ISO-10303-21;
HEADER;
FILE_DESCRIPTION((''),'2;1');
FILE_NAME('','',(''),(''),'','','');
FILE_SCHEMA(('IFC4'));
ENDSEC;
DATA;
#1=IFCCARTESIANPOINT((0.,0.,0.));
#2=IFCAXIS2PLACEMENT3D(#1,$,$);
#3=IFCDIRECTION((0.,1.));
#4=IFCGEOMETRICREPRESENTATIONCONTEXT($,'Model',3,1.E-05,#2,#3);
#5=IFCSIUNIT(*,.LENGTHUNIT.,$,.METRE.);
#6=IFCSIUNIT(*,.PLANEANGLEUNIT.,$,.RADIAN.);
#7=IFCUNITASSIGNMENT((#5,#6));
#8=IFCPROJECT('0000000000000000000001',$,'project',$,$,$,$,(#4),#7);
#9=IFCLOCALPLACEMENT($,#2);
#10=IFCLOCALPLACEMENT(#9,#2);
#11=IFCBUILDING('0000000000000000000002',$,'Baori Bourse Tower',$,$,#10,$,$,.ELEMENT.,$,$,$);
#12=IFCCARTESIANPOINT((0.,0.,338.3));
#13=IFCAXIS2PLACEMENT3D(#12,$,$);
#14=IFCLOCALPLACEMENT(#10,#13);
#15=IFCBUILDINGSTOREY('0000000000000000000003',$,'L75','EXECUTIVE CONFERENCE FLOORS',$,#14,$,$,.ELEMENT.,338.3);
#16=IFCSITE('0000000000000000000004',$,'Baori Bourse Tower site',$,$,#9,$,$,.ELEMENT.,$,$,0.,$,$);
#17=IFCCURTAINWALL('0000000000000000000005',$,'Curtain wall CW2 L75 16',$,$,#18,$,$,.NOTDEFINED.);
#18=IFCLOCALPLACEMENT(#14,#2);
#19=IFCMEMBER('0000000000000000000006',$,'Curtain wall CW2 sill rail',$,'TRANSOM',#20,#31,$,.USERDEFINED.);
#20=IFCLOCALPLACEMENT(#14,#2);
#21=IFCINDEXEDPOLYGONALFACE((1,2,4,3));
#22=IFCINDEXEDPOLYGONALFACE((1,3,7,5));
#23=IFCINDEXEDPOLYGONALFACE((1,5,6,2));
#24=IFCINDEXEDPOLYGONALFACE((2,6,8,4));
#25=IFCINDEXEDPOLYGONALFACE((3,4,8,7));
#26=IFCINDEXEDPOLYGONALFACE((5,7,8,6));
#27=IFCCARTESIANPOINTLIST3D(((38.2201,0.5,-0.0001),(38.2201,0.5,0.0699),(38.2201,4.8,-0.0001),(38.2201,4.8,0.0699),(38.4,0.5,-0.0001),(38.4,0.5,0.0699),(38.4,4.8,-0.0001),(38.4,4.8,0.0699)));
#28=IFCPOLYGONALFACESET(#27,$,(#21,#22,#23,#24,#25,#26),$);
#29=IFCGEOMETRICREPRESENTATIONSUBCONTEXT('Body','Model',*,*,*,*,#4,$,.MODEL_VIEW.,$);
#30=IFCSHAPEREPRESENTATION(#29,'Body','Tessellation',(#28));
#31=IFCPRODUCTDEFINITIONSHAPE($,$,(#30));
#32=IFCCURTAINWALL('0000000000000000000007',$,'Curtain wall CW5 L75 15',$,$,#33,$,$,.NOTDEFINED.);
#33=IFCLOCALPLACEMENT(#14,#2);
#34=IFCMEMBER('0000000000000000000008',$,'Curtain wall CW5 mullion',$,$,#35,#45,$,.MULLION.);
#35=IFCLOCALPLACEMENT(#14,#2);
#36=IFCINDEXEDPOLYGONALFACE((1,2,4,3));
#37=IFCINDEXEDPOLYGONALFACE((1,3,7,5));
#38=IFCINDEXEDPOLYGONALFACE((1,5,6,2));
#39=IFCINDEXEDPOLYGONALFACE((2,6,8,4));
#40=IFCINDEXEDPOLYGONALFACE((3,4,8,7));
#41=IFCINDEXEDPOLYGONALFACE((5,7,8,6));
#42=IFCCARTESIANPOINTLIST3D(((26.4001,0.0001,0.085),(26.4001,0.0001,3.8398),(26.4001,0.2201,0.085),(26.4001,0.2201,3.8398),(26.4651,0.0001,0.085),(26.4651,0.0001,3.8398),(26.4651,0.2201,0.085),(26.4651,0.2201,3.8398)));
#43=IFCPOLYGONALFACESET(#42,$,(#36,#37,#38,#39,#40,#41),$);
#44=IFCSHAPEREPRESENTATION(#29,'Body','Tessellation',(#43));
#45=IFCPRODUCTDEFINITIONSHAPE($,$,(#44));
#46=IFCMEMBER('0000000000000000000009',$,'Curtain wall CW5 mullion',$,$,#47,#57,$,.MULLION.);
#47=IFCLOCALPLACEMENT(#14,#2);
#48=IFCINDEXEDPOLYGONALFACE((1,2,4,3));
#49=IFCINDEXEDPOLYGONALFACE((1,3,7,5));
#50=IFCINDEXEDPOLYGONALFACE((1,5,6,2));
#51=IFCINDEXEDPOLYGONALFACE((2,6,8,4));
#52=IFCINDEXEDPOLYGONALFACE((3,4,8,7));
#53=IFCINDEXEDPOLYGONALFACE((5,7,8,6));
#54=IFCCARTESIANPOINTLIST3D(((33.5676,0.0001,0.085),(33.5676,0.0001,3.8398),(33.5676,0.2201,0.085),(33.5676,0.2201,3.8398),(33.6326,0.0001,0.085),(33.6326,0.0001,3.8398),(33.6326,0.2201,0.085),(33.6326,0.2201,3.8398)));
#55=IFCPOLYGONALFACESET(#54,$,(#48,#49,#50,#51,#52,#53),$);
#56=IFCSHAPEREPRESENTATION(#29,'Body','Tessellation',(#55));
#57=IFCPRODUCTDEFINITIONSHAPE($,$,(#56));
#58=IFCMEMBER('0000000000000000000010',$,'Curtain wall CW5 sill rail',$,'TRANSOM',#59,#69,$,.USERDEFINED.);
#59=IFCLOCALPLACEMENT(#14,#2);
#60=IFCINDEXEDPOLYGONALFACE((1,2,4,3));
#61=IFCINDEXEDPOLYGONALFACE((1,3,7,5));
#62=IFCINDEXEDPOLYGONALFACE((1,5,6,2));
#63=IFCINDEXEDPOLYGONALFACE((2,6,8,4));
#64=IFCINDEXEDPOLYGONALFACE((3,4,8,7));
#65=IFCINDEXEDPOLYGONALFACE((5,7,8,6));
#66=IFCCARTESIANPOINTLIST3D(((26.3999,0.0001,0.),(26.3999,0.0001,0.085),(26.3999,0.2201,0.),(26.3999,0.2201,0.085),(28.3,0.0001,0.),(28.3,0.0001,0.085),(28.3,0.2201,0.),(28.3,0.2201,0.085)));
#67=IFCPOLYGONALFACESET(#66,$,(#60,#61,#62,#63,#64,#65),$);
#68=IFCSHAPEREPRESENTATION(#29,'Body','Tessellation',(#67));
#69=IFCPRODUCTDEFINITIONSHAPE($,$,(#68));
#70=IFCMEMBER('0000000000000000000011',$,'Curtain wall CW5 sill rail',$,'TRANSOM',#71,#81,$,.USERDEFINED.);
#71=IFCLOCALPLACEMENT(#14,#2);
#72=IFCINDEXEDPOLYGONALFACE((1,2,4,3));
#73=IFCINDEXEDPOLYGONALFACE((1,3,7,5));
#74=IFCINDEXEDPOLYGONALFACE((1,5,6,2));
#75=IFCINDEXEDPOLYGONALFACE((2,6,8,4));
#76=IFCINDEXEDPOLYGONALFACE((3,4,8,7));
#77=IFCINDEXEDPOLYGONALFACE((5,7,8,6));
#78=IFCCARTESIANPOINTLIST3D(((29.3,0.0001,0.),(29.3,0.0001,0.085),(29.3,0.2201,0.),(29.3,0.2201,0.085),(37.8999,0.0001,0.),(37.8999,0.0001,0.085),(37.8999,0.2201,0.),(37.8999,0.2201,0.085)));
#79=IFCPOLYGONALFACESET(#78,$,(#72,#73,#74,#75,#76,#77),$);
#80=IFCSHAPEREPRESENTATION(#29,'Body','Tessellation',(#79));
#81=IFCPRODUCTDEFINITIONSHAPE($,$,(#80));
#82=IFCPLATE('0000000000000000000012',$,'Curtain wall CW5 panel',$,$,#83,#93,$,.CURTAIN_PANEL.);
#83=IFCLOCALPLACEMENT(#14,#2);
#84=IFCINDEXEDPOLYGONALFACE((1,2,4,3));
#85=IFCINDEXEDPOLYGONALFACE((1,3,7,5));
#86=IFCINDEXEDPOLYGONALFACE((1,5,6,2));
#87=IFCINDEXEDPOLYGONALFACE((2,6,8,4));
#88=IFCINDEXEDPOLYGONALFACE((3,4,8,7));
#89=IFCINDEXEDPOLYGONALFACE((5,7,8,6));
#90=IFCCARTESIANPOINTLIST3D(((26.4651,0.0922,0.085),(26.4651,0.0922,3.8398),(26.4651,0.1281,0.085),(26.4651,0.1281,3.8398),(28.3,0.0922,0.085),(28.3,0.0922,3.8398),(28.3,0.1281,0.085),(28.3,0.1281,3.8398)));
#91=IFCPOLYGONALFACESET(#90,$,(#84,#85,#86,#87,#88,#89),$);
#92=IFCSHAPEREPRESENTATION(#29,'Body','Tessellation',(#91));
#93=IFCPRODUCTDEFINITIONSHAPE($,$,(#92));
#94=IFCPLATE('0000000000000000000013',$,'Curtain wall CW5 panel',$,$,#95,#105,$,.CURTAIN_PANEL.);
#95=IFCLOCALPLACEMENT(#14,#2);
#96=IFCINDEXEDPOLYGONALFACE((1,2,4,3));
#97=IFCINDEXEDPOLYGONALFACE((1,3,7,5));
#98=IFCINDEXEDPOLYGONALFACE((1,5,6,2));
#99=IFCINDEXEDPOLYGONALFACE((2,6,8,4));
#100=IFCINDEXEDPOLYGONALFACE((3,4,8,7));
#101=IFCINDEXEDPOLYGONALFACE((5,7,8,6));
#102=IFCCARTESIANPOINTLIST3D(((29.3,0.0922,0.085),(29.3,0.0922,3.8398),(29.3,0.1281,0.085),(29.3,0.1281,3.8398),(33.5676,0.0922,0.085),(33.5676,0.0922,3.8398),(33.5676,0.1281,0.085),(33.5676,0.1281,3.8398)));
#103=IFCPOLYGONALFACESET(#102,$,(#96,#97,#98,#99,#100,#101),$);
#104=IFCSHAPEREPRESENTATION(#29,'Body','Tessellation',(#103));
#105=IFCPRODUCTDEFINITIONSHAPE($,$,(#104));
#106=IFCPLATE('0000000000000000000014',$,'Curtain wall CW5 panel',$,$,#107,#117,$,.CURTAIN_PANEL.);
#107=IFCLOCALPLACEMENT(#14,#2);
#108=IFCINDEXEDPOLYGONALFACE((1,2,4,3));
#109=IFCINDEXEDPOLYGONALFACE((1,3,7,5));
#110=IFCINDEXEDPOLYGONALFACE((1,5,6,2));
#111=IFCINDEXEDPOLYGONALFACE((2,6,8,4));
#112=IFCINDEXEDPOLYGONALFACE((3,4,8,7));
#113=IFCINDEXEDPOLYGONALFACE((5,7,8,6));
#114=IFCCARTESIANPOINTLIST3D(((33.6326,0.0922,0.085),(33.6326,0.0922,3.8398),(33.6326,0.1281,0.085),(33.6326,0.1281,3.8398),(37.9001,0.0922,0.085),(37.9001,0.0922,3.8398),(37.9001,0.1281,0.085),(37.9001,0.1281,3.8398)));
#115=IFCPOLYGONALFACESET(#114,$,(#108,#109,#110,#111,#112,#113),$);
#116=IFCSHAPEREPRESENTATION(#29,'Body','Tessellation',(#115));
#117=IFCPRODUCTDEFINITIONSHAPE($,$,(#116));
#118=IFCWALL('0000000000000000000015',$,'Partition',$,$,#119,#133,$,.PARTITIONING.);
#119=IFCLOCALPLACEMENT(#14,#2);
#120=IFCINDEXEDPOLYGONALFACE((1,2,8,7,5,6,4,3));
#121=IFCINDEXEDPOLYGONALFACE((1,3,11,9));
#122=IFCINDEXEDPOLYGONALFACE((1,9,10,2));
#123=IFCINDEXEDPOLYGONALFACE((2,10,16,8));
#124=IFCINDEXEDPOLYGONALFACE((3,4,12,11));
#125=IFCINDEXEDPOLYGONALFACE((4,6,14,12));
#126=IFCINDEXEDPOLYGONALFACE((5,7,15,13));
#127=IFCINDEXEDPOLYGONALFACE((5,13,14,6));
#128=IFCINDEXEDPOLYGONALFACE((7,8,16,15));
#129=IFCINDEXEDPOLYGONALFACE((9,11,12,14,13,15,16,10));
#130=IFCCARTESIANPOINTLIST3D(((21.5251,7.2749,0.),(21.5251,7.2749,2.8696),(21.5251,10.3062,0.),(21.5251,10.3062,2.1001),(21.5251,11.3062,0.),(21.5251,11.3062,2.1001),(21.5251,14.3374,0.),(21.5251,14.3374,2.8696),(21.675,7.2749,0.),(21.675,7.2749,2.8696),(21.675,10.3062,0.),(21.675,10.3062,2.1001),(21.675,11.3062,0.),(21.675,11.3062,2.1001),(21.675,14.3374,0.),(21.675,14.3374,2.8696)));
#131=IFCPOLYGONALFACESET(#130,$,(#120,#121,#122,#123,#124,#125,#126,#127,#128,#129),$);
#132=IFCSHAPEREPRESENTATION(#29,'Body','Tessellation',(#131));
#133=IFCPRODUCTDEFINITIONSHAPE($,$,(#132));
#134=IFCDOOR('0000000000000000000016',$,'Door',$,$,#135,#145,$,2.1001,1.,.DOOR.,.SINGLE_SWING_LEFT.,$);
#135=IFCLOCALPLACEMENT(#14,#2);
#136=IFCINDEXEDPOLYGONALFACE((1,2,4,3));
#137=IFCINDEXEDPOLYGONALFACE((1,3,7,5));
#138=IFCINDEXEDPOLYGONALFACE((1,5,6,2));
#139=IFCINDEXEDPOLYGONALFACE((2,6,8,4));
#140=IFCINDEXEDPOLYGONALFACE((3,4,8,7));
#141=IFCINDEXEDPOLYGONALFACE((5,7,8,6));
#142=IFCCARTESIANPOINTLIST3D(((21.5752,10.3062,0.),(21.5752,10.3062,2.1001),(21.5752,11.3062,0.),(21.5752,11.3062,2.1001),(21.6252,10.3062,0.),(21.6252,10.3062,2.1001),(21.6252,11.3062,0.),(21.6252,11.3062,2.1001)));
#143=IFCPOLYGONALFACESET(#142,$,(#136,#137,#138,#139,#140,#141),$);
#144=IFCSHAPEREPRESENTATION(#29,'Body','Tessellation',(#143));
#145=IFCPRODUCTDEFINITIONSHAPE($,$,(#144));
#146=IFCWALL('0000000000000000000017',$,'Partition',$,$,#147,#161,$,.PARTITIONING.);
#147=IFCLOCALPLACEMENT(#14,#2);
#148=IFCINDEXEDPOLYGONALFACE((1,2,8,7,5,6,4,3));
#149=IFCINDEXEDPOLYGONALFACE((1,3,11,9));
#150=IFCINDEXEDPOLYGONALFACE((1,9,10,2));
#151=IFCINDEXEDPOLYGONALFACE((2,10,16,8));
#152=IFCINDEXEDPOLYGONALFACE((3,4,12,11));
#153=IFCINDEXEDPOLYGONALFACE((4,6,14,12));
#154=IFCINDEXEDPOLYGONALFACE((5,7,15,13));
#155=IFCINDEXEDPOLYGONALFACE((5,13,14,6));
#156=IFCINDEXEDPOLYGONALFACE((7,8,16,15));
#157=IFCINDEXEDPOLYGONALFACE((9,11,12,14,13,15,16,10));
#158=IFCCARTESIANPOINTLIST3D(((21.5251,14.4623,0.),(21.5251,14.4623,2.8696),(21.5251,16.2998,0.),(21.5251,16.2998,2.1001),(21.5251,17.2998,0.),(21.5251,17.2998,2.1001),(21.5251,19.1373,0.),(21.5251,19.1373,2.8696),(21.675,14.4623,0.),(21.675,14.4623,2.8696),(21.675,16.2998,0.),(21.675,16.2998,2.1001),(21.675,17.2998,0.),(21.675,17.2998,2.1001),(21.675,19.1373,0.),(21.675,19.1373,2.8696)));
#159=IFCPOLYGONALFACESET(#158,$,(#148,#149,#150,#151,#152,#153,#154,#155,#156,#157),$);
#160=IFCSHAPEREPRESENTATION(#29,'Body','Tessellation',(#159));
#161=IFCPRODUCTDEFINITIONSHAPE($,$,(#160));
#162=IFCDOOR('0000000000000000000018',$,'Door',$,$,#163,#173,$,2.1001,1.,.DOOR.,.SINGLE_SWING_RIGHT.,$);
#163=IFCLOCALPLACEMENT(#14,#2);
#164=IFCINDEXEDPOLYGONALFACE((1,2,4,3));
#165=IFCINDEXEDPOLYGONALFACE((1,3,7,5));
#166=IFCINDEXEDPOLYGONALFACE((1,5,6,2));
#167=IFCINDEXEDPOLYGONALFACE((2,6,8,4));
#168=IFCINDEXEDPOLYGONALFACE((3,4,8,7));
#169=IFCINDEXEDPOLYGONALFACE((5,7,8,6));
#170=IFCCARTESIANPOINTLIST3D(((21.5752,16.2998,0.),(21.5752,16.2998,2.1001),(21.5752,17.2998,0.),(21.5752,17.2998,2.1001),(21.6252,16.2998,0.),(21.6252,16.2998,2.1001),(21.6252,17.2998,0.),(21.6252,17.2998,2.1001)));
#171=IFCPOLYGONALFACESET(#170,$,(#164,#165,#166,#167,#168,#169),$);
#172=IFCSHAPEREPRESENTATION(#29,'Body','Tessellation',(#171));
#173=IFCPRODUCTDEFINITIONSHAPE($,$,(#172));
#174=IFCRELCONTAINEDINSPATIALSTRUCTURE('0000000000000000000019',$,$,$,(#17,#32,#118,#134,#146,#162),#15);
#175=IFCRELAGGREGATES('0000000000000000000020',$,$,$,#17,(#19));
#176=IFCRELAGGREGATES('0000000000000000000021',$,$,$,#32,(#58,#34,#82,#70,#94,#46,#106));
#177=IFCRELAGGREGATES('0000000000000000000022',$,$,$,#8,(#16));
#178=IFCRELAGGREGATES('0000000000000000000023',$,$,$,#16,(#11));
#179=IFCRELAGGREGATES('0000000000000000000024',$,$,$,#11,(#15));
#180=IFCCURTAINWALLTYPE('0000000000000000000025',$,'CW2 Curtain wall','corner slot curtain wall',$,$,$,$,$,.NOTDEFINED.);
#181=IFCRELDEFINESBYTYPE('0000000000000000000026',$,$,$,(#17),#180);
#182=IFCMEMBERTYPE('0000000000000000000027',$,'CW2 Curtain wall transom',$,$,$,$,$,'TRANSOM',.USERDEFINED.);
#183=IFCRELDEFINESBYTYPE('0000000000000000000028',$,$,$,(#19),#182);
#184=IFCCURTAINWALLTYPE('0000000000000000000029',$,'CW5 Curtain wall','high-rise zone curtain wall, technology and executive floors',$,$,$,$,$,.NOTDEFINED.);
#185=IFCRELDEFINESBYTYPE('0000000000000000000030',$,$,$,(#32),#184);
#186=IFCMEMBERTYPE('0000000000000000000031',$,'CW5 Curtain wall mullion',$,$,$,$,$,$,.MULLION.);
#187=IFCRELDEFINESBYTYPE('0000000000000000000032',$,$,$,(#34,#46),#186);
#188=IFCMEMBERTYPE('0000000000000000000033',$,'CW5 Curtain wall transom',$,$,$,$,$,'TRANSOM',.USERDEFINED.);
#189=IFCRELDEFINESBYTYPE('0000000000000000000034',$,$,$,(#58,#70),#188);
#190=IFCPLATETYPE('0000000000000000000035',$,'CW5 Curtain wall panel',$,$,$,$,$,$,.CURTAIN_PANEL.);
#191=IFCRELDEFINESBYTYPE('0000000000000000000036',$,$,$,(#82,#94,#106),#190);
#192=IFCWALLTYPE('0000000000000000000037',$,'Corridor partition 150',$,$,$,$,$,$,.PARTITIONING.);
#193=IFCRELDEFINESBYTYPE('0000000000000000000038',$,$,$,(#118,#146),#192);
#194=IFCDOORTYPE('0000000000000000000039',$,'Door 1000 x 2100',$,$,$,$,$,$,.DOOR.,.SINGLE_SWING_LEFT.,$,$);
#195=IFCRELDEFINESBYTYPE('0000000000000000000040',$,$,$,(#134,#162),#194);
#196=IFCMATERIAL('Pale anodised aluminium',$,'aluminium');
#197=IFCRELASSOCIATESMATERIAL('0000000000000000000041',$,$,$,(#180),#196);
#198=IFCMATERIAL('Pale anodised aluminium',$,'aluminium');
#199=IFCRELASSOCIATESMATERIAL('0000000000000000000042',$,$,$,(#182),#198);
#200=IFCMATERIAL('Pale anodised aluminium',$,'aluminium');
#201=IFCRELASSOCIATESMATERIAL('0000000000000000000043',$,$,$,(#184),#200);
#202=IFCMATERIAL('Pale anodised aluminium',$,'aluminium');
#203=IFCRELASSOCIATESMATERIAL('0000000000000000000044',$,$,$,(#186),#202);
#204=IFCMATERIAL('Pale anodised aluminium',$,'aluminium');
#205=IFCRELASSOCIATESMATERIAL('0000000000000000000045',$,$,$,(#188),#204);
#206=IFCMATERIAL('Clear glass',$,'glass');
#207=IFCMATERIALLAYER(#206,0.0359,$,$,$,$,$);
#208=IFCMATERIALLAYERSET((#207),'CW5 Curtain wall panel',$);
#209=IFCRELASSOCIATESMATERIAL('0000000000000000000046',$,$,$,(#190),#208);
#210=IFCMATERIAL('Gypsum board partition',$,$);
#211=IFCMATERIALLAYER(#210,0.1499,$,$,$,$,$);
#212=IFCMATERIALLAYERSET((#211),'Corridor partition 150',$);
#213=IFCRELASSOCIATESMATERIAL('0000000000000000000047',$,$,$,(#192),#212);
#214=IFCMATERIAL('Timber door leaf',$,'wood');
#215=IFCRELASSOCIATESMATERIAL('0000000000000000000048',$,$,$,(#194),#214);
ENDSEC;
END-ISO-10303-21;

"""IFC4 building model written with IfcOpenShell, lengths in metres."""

from ifc_helpers import new_model, si_unit, direction, frame, frame_2d, origin, origin_2d, place, context, subcontext, project, spatial, rectangle, extrude, material, layer, layer_set, material_profile, profile_set, type_object, element, fill, aggregate, save


model = new_model("IFC4")

# Units and contexts
model_context = context("Model", 3, precision=1e-05, world=origin(), true_north=direction((0.0, 1.0)))
body_context = subcontext(model_context, "Body", "Model", "MODEL_VIEW")
ifc_project = project(units=[si_unit("LENGTHUNIT", "METRE"), si_unit("PLANEANGLEUNIT", "RADIAN")], contexts=[model_context])

# Site, building, storey
site_placement = place(None, origin())
site = spatial("IfcSite", under=ifc_project, at=site_placement, Name="Baori Bourse Tower site", CompositionType="ELEMENT", RefElevation=0.0)
building_placement = place(site_placement, origin())
building = spatial("IfcBuilding", under=site, at=building_placement, Name="Baori Bourse Tower", CompositionType="ELEMENT")
storey_placement = place(building_placement, frame((0.0, 0.0, 338.3)))
storey = spatial("IfcBuildingStorey", under=building, at=storey_placement, Name="L75", Description="EXECUTIVE CONFERENCE FLOORS", CompositionType="ELEMENT", Elevation=338.3)

# Curtain wall, member
ifc_material_1 = material(Name="Pale anodised aluminium", Category="aluminium")
curtain_wall_type_1 = type_object("IfcCurtainWallType", Name="CW2 Curtain wall", Description="corner slot curtain wall", PredefinedType="NOTDEFINED", material=ifc_material_1)
curtain_wall_1_placement = place(storey_placement, origin())
curtain_wall_1 = element("IfcCurtainWall", 1, at=curtain_wall_1_placement, inside=storey, type_object=curtain_wall_type_1, Name="Curtain wall CW2 L75 16", PredefinedType="NOTDEFINED")
ifc_material_2 = material(Name="Pale anodised aluminium", Category="aluminium")
ifc_material_profile_1 = material_profile(ifc_material_2, rectangle(XDim=0.1799, YDim=0.0701, at=origin_2d()), Name="Transom 70x180")
ifc_profile_set_1 = profile_set([ifc_material_profile_1], Name="Pale anodised aluminium")
member_type_1 = type_object("IfcMemberType", Name="CW2 Curtain wall transom", ElementType="TRANSOM", PredefinedType="USERDEFINED", material=ifc_profile_set_1)
member_1_placement = place(storey_placement, frame((38.3101, 0.5, 0.0349), z_axis=(0.0, 1.0, 0.0), x_axis=(-1.0, 0.0, 0.0)))
member_1 = element("IfcMember", 2, at=member_1_placement, type_object=member_type_1, Name="Curtain wall CW2 sill rail", ObjectType="TRANSOM", PredefinedType="USERDEFINED", context=body_context, shape_type="SweptSolid", body=[
    extrude(rectangle(XDim=0.1799, YDim=0.0701, at=origin_2d()), origin(), (0.0, 0.0, 1.0), 4.3),
])
aggregate(curtain_wall_1, [member_1])

# Curtain wall, members, plates
ifc_material_3 = material(Name="Pale anodised aluminium", Category="aluminium")
curtain_wall_type_2 = type_object("IfcCurtainWallType", Name="CW5 Curtain wall", Description="high-rise zone curtain wall, technology and executive floors", PredefinedType="NOTDEFINED", material=ifc_material_3)
curtain_wall_2_placement = place(storey_placement, origin())
curtain_wall_2 = element("IfcCurtainWall", 3, at=curtain_wall_2_placement, inside=storey, type_object=curtain_wall_type_2, Name="Curtain wall CW5 L75 15", PredefinedType="NOTDEFINED")
ifc_material_4 = material(Name="Pale anodised aluminium", Category="aluminium")
ifc_material_profile_2 = material_profile(ifc_material_4, rectangle(XDim=0.22, YDim=0.0649, at=origin_2d()), Name="Mullion 65x220")
ifc_profile_set_2 = profile_set([ifc_material_profile_2], Name="Pale anodised aluminium")
member_type_2 = type_object("IfcMemberType", Name="CW5 Curtain wall mullion", PredefinedType="MULLION", material=ifc_profile_set_2)
member_2_placement = place(storey_placement, frame((26.4326, 0.1101, 0.085), z_axis=(0.0, 0.0, 1.0), x_axis=(0.0, 1.0, 0.0)))
member_2 = element("IfcMember", 4, at=member_2_placement, type_object=member_type_2, Name="Curtain wall CW5 mullion", PredefinedType="MULLION", context=body_context, shape_type="SweptSolid", body=[
    extrude(rectangle(XDim=0.22, YDim=0.0649, at=origin_2d()), origin(), (0.0, 0.0, 1.0), 3.7549),
])
member_3_placement = place(storey_placement, frame((33.6001, 0.1101, 0.085), z_axis=(0.0, 0.0, 1.0), x_axis=(0.0, 1.0, 0.0)))
member_3 = element("IfcMember", 5, at=member_3_placement, type_object=member_type_2, Name="Curtain wall CW5 mullion", PredefinedType="MULLION", context=body_context, shape_type="SweptSolid", body=[
    extrude(rectangle(XDim=0.22, YDim=0.0649, at=origin_2d()), origin(), (0.0, 0.0, 1.0), 3.7549),
])
ifc_material_5 = material(Name="Pale anodised aluminium", Category="aluminium")
ifc_material_profile_3 = material_profile(ifc_material_5, rectangle(XDim=0.22, YDim=0.085, at=origin_2d()), Name="Transom 85x220")
ifc_profile_set_3 = profile_set([ifc_material_profile_3], Name="Pale anodised aluminium")
member_type_3 = type_object("IfcMemberType", Name="CW5 Curtain wall transom", ElementType="TRANSOM", PredefinedType="USERDEFINED", material=ifc_profile_set_3)
member_4_placement = place(storey_placement, frame((26.3999, 0.1101, 0.0425), z_axis=(1.0, 0.0, 0.0), x_axis=(0.0, 1.0, 0.0)))
member_4 = element("IfcMember", 6, at=member_4_placement, type_object=member_type_3, Name="Curtain wall CW5 sill rail", ObjectType="TRANSOM", PredefinedType="USERDEFINED", context=body_context, shape_type="SweptSolid", body=[
    extrude(rectangle(XDim=0.22, YDim=0.085, at=origin_2d()), origin(), (0.0, 0.0, 1.0), 1.9001),
])
member_5_placement = place(storey_placement, frame((29.3, 0.1101, 0.0425), z_axis=(1.0, 0.0, 0.0), x_axis=(0.0, 1.0, 0.0)))
member_5 = element("IfcMember", 7, at=member_5_placement, type_object=member_type_3, Name="Curtain wall CW5 sill rail", ObjectType="TRANSOM", PredefinedType="USERDEFINED", context=body_context, shape_type="SweptSolid", body=[
    extrude(rectangle(XDim=0.22, YDim=0.085, at=origin_2d()), origin(), (0.0, 0.0, 1.0), 8.5999),
])
ifc_material_6 = material(Name="Clear glass", Category="glass")
ifc_layer_1 = layer(ifc_material_6, 0.0359)
ifc_layer_set_1 = layer_set([ifc_layer_1], Name="CW5 Curtain wall panel")
plate_type = type_object("IfcPlateType", Name="CW5 Curtain wall panel", PredefinedType="CURTAIN_PANEL", material=ifc_layer_set_1)
plate_1_placement = place(storey_placement, frame((27.3826, 0.1101, 0.085), z_axis=(0.0, 0.0, 1.0), x_axis=(1.0, 0.0, 0.0)))
plate_1 = element("IfcPlate", 8, at=plate_1_placement, type_object=plate_type, Name="Curtain wall CW5 panel", PredefinedType="CURTAIN_PANEL", context=body_context, shape_type="SweptSolid", body=[
    extrude(rectangle(XDim=1.835, YDim=0.0359, at=origin_2d()), origin(), (0.0, 0.0, 1.0), 3.7549),
])
plate_2_placement = place(storey_placement, frame((31.4338, 0.1101, 0.085), z_axis=(0.0, 0.0, 1.0), x_axis=(1.0, 0.0, 0.0)))
plate_2 = element("IfcPlate", 9, at=plate_2_placement, type_object=plate_type, Name="Curtain wall CW5 panel", PredefinedType="CURTAIN_PANEL", context=body_context, shape_type="SweptSolid", body=[
    extrude(rectangle(XDim=4.2676, YDim=0.0359, at=origin_2d()), origin(), (0.0, 0.0, 1.0), 3.7549),
])
plate_3_placement = place(storey_placement, frame((35.7664, 0.1101, 0.085), z_axis=(0.0, 0.0, 1.0), x_axis=(1.0, 0.0, 0.0)))
plate_3 = element("IfcPlate", 10, at=plate_3_placement, type_object=plate_type, Name="Curtain wall CW5 panel", PredefinedType="CURTAIN_PANEL", context=body_context, shape_type="SweptSolid", body=[
    extrude(rectangle(XDim=4.2676, YDim=0.0359, at=origin_2d()), origin(), (0.0, 0.0, 1.0), 3.7549),
])
aggregate(curtain_wall_2, [member_4, member_2, plate_1, member_5, plate_2, member_3, plate_3])

# Walls, openings, doors
ifc_material_7 = material(Name="Gypsum board partition")
ifc_layer_2 = layer(ifc_material_7, 0.1499)
ifc_layer_set_2 = layer_set([ifc_layer_2], Name="Corridor partition 150")
wall_type_1 = type_object("IfcWallType", Name="Corridor partition 150", PredefinedType="PARTITIONING", material=ifc_layer_set_2)
wall_1_placement = place(storey_placement, frame((21.6001, 7.2749, 0.0), z_axis=(0.0, 0.0, 1.0), x_axis=(0.0, 1.0, 0.0)))
wall_1 = element("IfcWall", 11, at=wall_1_placement, inside=storey, type_object=wall_type_1, Name="Partition", PredefinedType="PARTITIONING", context=body_context, shape_type="SweptSolid", body=[
    extrude(rectangle(XDim=7.0625, YDim=0.1499, at=frame_2d((3.5312, 0.0))), origin(), (0.0, 0.0, 1.0), 2.8696),
])
opening_1_placement = place(wall_1_placement, frame((3.0312, 0.0, 0.0)))
opening_1 = element("IfcOpeningElement", 12, at=opening_1_placement, cuts=wall_1, PredefinedType="OPENING", context=body_context, shape_type="SweptSolid", body=[
    extrude(rectangle(XDim=1.0, YDim=2.1001, at=frame_2d((0.5, 1.05))), frame((0.0, 0.085, 0.0), z_axis=(0.0, -1.0, 0.0), x_axis=(1.0, 0.0, 0.0)), (0.0, 0.0, 1.0), 0.1699),
])
ifc_material_8 = material(Name="Timber door leaf", Category="wood")
door_type = type_object("IfcDoorType", Name="Door 1000 x 2100", OperationType="SINGLE_SWING_LEFT", PredefinedType="DOOR", material=ifc_material_8)
door_1_placement = place(opening_1_placement, origin())
door_1 = element("IfcDoor", 13, at=door_1_placement, inside=storey, type_object=door_type, Name="Door", OperationType="SINGLE_SWING_LEFT", OverallHeight=2.1001, OverallWidth=1.0, PredefinedType="DOOR", context=body_context, shape_type="SweptSolid", body=[
    extrude(rectangle(XDim=1.0, YDim=2.1001, at=frame_2d((0.5, 1.05))), frame((0.0, 0.0249, 0.0), z_axis=(0.0, -1.0, 0.0), x_axis=(1.0, 0.0, 0.0)), (0.0, 0.0, 1.0), 0.05),
])
fill(opening_1, door_1)
wall_2_placement = place(storey_placement, frame((21.6001, 14.4624, 0.0), z_axis=(0.0, 0.0, 1.0), x_axis=(0.0, 1.0, 0.0)))
wall_2 = element("IfcWall", 14, at=wall_2_placement, inside=storey, type_object=wall_type_1, Name="Partition", PredefinedType="PARTITIONING", context=body_context, shape_type="SweptSolid", body=[
    extrude(rectangle(XDim=4.675, YDim=0.1499, at=frame_2d((2.3374, 0.0))), origin(), (0.0, 0.0, 1.0), 2.8696),
])
opening_2_placement = place(wall_2_placement, frame((1.8374, 0.0, 0.0)))
opening_2 = element("IfcOpeningElement", 15, at=opening_2_placement, cuts=wall_2, PredefinedType="OPENING", context=body_context, shape_type="SweptSolid", body=[
    extrude(rectangle(XDim=1.0, YDim=2.1001, at=frame_2d((0.5, 1.05))), frame((0.0, 0.085, 0.0), z_axis=(0.0, -1.0, 0.0), x_axis=(1.0, 0.0, 0.0)), (0.0, 0.0, 1.0), 0.1699),
])
door_2_placement = place(opening_2_placement, origin())
door_2 = element("IfcDoor", 16, at=door_2_placement, inside=storey, type_object=door_type, Name="Door", OperationType="SINGLE_SWING_RIGHT", OverallHeight=2.1001, OverallWidth=1.0, PredefinedType="DOOR", context=body_context, shape_type="SweptSolid", body=[
    extrude(rectangle(XDim=1.0, YDim=2.1001, at=frame_2d((0.5, 1.05))), frame((0.0, 0.0249, 0.0), z_axis=(0.0, -1.0, 0.0), x_axis=(1.0, 0.0, 0.0)), (0.0, 0.0, 1.0), 0.05),
])
fill(opening_2, door_2)

save(model, "model.ifc")
